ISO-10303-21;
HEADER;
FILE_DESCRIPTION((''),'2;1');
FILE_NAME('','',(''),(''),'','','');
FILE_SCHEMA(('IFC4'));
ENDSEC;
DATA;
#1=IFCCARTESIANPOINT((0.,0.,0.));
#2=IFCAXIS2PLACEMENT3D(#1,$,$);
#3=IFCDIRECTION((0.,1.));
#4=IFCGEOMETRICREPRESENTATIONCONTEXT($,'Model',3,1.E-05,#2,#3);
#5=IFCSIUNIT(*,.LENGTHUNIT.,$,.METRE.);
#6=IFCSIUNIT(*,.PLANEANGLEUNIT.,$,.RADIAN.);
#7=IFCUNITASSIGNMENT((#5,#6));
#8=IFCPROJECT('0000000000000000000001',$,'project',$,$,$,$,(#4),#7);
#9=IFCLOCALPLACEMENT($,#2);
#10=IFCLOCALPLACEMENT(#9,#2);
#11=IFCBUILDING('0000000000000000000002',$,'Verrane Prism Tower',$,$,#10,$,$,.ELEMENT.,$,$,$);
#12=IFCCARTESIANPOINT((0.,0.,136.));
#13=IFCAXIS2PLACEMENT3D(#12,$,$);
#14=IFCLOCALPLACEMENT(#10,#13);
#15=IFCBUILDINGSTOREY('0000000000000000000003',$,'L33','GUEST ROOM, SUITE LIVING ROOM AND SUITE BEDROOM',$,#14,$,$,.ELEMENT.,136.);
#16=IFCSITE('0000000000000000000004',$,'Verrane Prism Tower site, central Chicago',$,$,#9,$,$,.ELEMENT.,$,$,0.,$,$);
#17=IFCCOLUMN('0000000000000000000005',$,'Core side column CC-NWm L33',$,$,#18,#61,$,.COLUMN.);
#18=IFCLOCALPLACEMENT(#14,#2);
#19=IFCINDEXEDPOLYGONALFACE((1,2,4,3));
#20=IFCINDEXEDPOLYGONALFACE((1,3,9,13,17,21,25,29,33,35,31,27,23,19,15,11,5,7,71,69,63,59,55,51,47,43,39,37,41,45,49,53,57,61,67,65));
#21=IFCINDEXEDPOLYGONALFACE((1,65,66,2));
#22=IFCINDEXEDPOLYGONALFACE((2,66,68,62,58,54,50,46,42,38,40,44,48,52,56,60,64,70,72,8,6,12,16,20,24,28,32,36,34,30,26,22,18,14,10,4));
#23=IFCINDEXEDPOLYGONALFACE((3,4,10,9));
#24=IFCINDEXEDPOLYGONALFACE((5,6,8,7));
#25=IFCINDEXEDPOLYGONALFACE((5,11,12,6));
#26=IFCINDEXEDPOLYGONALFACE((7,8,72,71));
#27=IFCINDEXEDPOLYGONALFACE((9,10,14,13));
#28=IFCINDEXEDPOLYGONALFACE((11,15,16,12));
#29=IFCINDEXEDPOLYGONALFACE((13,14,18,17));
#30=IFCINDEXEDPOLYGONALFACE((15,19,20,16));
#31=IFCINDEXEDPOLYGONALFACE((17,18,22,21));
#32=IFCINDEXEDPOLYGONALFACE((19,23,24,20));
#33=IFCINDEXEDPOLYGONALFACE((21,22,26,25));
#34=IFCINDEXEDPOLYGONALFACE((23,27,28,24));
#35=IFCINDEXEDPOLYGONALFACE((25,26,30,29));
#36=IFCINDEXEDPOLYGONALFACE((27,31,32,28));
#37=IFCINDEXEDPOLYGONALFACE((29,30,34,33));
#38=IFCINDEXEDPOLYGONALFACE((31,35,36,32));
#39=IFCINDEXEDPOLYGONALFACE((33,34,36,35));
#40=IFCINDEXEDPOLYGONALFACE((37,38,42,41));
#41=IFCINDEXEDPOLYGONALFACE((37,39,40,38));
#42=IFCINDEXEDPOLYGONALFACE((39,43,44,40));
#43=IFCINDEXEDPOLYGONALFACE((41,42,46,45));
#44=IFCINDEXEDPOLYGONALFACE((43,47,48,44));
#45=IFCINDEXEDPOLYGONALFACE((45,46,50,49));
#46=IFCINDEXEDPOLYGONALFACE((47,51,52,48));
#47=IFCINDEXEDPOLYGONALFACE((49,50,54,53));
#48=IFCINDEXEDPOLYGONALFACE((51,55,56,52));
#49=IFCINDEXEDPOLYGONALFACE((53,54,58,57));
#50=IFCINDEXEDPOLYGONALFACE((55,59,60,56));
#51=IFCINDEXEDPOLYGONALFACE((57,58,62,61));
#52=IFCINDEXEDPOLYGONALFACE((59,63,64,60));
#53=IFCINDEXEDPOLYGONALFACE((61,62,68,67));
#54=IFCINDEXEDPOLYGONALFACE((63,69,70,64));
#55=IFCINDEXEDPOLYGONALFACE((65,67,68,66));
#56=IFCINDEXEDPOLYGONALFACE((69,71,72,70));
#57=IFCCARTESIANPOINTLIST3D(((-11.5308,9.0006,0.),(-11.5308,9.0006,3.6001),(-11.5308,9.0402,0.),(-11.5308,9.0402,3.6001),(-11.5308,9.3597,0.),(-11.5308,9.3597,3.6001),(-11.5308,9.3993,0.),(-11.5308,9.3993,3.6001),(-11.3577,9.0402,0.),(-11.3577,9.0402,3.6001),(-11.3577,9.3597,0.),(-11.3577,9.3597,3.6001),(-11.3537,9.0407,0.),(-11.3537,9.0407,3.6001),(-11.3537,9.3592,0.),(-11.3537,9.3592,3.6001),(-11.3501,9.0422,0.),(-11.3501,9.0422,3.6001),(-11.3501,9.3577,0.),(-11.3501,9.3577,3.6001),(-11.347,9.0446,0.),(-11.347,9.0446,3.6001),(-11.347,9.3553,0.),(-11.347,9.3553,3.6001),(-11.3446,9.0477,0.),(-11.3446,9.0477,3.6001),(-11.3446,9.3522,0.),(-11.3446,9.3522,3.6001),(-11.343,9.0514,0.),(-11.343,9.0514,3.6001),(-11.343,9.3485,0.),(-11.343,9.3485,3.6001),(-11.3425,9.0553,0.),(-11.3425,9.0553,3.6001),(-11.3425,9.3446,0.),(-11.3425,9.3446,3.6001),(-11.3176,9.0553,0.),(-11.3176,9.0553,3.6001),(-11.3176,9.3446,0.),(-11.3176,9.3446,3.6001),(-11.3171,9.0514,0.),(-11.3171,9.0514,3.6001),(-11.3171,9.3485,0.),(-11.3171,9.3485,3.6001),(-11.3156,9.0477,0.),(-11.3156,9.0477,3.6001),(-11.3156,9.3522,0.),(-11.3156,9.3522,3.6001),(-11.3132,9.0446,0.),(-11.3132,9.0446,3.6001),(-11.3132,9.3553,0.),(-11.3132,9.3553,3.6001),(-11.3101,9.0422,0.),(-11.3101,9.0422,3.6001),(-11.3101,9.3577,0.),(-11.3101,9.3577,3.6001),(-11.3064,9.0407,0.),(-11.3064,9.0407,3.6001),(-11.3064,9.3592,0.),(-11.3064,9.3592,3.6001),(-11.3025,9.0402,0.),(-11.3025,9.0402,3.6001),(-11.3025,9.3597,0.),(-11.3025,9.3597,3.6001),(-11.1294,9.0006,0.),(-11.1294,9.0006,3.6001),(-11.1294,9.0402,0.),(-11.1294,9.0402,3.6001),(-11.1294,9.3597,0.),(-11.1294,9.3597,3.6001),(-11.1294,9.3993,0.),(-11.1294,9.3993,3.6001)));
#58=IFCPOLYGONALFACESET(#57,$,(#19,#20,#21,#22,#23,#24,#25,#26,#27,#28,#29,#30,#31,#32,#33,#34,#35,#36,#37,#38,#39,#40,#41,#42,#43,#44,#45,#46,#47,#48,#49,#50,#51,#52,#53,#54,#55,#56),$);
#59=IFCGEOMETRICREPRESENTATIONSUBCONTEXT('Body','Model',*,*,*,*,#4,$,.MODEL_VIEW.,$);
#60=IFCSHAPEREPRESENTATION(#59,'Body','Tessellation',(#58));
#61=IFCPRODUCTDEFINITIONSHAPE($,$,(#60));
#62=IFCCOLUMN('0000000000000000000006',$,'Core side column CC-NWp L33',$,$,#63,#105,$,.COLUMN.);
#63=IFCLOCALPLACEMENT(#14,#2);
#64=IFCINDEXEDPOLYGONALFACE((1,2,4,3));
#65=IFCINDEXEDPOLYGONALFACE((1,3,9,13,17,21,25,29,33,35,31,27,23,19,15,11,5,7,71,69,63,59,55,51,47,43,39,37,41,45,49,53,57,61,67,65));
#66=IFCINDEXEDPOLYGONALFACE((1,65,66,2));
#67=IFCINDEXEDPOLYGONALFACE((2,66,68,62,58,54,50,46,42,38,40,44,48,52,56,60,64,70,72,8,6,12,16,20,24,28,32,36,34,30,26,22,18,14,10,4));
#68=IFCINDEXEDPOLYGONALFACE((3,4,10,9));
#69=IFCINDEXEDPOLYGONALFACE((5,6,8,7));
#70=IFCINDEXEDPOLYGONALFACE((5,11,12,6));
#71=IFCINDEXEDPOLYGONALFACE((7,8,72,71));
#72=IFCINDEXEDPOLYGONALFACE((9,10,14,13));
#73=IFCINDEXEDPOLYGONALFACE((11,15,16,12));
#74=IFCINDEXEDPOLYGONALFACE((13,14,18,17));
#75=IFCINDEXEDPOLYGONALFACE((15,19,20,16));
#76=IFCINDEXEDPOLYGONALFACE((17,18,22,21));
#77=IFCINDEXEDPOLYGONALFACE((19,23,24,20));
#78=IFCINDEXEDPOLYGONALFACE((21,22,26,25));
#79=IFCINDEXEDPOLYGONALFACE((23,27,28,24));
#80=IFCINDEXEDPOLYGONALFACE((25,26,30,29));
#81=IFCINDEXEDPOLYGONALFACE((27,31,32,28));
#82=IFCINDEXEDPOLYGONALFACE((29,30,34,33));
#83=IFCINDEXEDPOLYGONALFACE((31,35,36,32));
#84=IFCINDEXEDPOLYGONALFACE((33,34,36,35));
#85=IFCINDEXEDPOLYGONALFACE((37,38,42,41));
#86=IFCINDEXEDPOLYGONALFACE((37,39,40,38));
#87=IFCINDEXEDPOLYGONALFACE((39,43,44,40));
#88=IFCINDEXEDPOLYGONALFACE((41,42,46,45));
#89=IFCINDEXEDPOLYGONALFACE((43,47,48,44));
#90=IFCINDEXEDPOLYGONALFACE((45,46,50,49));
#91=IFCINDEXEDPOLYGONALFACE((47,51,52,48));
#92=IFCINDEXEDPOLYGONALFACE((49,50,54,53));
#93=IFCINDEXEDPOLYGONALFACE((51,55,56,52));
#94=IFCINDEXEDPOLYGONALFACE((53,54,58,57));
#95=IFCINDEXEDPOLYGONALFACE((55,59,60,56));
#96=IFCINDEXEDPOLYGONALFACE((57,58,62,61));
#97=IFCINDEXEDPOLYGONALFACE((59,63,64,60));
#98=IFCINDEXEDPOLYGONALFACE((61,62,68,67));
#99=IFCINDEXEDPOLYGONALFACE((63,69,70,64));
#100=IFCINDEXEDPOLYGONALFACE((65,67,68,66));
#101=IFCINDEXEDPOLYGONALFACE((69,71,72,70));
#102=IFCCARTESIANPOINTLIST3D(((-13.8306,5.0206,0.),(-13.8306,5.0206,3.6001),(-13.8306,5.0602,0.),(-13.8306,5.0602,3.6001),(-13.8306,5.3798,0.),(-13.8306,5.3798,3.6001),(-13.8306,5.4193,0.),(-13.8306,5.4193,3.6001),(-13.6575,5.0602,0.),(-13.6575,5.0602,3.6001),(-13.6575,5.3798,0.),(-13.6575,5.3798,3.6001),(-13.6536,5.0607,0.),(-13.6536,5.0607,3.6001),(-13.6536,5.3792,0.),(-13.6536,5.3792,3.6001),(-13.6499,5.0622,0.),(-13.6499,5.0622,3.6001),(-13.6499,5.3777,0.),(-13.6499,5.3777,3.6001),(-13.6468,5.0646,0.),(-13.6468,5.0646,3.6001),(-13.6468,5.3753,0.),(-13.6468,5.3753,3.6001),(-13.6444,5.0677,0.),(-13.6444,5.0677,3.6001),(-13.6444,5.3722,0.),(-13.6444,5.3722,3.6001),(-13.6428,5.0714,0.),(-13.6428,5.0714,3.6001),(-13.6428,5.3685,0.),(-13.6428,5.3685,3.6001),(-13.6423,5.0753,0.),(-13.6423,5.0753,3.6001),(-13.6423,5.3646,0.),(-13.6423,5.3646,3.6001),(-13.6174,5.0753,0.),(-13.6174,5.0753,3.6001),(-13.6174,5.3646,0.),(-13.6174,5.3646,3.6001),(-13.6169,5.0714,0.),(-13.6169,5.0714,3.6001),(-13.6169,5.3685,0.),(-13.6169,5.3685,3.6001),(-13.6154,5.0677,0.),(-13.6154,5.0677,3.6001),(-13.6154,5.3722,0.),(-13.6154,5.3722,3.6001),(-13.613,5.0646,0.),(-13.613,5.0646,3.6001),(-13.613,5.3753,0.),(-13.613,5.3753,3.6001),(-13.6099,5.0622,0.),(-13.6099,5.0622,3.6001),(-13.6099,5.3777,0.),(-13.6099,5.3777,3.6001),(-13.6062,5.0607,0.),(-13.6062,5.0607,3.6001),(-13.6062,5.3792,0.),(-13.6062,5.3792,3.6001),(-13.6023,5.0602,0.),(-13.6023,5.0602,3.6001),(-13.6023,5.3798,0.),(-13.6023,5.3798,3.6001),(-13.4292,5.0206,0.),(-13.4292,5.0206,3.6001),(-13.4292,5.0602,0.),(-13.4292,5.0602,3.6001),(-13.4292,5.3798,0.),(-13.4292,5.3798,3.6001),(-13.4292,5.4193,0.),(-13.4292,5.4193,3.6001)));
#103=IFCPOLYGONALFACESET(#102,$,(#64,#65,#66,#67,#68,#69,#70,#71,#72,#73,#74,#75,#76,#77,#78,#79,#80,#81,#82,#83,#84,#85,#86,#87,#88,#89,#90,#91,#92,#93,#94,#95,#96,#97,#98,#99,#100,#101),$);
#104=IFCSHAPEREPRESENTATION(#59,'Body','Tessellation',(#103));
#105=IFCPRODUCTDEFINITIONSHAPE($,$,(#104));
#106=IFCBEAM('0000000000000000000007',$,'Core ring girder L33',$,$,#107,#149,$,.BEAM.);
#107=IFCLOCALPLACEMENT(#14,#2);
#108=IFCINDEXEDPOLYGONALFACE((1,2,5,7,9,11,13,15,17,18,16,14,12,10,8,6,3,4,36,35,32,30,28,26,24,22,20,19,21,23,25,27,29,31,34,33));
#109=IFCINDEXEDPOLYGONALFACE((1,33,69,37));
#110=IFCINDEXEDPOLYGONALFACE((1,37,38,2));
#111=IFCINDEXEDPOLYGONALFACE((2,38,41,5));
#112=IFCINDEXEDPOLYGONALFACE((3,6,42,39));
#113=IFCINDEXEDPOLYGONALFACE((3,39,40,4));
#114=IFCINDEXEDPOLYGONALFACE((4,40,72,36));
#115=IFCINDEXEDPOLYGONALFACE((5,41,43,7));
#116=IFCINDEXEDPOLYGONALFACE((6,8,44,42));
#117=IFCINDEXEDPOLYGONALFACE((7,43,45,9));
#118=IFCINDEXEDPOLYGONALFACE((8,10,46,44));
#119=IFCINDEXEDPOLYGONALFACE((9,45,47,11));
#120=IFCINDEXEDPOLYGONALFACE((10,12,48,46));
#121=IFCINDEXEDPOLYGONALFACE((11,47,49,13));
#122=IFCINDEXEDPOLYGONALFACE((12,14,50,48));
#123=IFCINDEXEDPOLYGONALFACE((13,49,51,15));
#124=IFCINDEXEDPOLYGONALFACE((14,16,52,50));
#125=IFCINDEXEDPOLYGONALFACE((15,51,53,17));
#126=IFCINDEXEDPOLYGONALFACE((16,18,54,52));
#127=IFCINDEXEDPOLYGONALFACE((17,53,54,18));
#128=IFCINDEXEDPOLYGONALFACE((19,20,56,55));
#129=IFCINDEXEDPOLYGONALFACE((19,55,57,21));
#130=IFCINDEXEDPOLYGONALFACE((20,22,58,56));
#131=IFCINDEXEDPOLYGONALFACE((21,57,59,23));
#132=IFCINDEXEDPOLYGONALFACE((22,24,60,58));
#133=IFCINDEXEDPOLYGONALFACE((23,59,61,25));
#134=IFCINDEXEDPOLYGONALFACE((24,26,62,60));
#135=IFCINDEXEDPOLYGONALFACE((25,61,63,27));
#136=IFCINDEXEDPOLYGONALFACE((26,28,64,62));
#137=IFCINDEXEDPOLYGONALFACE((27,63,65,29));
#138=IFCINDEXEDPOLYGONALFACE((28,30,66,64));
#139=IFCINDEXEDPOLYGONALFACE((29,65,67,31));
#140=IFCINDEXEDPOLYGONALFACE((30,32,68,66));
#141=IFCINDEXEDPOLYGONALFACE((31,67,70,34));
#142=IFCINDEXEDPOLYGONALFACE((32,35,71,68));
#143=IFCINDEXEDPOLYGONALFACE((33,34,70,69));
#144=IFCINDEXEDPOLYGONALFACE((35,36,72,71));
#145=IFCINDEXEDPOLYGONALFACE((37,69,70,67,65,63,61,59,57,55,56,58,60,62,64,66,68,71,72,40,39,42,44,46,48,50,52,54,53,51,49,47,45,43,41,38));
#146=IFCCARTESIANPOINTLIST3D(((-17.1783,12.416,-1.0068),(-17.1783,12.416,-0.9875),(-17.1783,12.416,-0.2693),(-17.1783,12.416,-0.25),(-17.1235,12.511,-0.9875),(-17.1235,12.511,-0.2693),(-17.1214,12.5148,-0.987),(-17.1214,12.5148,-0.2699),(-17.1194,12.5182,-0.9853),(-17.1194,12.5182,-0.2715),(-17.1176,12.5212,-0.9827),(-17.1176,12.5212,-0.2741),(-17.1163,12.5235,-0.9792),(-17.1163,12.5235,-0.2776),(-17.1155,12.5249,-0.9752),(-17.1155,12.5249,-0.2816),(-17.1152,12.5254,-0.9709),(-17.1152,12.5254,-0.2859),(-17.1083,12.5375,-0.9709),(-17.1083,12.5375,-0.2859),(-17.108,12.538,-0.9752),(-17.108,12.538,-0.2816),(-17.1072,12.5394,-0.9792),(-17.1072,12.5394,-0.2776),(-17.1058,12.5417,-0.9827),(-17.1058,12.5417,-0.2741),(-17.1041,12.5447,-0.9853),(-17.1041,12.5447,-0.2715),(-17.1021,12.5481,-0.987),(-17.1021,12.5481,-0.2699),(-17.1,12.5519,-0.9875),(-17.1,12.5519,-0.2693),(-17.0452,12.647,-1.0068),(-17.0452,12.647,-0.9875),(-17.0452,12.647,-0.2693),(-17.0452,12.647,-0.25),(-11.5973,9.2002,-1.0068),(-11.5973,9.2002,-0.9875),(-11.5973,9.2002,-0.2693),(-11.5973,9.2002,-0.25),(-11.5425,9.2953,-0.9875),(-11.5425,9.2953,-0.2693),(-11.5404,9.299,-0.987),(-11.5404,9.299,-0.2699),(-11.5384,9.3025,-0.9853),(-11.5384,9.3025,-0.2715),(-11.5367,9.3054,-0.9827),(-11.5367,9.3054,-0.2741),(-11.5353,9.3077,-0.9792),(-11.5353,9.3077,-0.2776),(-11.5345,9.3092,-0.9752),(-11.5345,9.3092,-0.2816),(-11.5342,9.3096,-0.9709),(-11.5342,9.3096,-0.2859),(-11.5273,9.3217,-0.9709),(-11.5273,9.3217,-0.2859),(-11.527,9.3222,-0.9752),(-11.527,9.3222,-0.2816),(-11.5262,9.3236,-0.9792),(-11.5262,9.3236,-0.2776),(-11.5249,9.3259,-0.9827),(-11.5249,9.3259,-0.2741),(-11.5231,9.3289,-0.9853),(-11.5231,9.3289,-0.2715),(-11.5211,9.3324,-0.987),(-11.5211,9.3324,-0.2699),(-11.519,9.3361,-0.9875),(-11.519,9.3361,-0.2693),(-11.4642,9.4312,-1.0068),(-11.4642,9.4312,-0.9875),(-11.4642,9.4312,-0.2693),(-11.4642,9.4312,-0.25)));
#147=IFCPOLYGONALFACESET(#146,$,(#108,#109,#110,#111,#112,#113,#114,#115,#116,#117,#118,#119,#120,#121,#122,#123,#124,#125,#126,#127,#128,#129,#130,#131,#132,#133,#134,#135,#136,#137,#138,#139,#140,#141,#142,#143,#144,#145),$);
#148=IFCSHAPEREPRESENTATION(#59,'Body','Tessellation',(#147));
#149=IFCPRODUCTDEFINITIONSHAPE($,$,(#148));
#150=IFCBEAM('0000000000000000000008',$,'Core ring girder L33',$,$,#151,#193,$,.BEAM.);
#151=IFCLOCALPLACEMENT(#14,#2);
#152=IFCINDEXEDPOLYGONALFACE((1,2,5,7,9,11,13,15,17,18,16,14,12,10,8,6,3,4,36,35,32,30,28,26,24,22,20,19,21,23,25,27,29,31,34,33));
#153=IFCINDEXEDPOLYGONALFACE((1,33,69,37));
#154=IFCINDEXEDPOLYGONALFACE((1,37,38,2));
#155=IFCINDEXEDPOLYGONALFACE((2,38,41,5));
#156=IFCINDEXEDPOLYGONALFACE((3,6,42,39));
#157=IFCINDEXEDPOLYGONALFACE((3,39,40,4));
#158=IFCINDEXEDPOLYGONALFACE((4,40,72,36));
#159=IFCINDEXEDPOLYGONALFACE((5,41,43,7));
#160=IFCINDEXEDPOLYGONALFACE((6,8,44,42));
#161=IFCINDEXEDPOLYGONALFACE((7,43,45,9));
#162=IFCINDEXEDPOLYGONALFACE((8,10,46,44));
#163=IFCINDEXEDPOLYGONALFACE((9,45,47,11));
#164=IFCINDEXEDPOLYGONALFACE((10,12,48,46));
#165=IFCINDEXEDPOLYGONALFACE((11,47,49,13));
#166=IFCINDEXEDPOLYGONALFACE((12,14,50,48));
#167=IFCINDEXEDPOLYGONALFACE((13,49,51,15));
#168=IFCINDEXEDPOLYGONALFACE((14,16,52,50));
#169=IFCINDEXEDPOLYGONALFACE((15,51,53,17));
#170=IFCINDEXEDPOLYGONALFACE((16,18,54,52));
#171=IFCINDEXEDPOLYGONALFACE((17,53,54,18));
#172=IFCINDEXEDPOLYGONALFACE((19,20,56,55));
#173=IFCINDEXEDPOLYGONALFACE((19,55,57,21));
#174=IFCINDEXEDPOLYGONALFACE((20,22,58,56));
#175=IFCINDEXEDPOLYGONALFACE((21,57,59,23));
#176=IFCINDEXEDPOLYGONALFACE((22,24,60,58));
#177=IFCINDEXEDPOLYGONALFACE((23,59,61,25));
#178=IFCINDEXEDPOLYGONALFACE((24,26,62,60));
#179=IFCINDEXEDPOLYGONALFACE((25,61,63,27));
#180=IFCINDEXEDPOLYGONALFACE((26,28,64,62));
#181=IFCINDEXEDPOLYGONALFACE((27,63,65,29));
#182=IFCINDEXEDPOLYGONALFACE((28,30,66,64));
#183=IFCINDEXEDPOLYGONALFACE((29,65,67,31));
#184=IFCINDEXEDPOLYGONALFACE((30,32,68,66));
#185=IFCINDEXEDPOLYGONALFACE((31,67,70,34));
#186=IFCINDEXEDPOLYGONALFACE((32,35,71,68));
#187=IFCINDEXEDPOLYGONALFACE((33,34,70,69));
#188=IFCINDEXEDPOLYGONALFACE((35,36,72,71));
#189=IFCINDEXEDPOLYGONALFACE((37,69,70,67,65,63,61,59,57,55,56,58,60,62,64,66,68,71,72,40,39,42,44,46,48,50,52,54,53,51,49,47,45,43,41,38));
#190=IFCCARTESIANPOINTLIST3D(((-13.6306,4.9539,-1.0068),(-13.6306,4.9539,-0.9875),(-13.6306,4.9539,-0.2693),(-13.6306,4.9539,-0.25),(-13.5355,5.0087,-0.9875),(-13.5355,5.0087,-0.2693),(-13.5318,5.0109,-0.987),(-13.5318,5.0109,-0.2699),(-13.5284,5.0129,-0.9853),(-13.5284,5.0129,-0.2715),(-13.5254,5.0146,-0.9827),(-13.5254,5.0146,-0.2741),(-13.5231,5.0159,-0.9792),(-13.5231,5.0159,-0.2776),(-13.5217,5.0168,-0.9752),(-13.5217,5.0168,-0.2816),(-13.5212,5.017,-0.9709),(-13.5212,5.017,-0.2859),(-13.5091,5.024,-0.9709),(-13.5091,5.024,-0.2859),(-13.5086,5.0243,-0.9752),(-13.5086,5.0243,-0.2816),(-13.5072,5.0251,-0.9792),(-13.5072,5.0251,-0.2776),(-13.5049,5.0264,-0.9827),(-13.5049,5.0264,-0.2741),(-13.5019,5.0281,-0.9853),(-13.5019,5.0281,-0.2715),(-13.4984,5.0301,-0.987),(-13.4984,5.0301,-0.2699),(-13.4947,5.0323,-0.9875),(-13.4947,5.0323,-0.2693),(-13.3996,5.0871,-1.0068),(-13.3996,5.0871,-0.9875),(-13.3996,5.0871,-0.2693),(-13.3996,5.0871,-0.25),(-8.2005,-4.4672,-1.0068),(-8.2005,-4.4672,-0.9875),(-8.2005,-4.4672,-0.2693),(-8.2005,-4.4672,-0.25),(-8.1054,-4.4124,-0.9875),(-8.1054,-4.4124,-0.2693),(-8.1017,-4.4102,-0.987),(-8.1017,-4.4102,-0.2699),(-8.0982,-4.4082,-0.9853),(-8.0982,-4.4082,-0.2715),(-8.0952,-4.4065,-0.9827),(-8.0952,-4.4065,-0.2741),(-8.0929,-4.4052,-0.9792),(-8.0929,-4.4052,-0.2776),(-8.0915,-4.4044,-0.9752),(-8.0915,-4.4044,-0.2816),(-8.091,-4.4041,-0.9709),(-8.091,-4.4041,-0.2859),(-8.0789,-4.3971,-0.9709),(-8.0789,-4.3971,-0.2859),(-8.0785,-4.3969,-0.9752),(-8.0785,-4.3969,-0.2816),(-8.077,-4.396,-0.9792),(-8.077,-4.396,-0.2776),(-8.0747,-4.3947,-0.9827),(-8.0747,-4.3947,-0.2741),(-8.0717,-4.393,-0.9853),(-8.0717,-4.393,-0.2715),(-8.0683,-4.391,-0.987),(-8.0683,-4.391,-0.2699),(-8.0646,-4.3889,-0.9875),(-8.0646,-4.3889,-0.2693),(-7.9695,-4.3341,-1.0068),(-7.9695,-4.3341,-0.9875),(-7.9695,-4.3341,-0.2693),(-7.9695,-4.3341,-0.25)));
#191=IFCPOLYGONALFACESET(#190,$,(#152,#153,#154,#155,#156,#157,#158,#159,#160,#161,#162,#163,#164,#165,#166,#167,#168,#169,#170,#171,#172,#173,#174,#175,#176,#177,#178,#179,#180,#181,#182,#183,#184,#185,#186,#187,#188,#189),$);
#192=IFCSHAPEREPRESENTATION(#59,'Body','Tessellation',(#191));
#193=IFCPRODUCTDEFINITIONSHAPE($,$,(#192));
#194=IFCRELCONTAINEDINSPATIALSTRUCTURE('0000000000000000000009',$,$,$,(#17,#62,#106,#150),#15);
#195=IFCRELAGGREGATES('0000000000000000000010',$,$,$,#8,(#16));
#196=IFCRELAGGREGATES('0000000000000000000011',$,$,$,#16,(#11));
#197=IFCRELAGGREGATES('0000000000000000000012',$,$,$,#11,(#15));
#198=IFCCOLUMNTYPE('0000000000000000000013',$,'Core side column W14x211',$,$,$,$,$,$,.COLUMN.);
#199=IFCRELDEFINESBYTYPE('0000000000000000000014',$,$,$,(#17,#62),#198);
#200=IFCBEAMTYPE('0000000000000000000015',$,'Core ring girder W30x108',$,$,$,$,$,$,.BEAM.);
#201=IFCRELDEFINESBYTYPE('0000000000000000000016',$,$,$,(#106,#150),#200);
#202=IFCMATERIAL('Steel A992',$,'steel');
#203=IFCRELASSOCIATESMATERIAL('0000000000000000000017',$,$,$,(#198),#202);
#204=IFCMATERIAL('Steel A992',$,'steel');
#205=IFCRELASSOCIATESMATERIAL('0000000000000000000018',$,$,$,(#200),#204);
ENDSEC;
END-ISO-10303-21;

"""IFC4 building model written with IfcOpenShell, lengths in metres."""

from ifc_helpers import new_model, si_unit, direction, frame, origin, origin_2d, place, context, subcontext, project, spatial, i_section, extrude, material, material_profile, profile_set, type_object, element, save


model = new_model("IFC4")

# Units and contexts
model_context = context("Model", 3, precision=1e-05, world=origin(), true_north=direction((0.0, 1.0)))
body_context = subcontext(model_context, "Body", "Model", "MODEL_VIEW")
ifc_project = project(units=[si_unit("LENGTHUNIT", "METRE"), si_unit("PLANEANGLEUNIT", "RADIAN")], contexts=[model_context])

# Site, building, storey
site_placement = place(None, origin())
site = spatial("IfcSite", under=ifc_project, at=site_placement, Name="Verrane Prism Tower site, central Chicago", CompositionType="ELEMENT", RefElevation=0.0)
building_placement = place(site_placement, origin())
building = spatial("IfcBuilding", under=site, at=building_placement, Name="Verrane Prism Tower", CompositionType="ELEMENT")
storey_placement = place(building_placement, frame((0.0, 0.0, 136.0)))
storey = spatial("IfcBuildingStorey", under=building, at=storey_placement, Name="L33", Description="GUEST ROOM, SUITE LIVING ROOM AND SUITE BEDROOM", CompositionType="ELEMENT", Elevation=136.0)

# Columns
ifc_material_1 = material(Name="Steel A992", Category="steel")
ifc_material_profile_1 = material_profile(ifc_material_1, i_section(OverallWidth=0.4014, OverallDepth=0.3987, WebThickness=0.0249, FlangeThickness=0.0396, FilletRadius=0.0151, at=origin_2d()), Name="W14x211")
ifc_profile_set_1 = profile_set([ifc_material_profile_1], Name="Steel A992")
column_type = type_object("IfcColumnType", Name="Core side column W14x211", PredefinedType="COLUMN", material=ifc_profile_set_1)
for number, where, z_axis, x_axis, name in (
    (1, (-11.3301, 9.2, 0.0), (0.0, 0.0, 1.0), (1.0, 0.0, 0.0), "Core side column CC-NWm L33"),
    (2, (-13.6299, 5.22, 0.0), (0.0, 0.0, 1.0), (1.0, 0.0, 0.0), "Core side column CC-NWp L33"),
):
    element("IfcColumn", number, at=place(storey_placement, frame(where, z_axis=z_axis, x_axis=x_axis)), inside=storey, type_object=column_type, Name=name, PredefinedType="COLUMN", context=body_context, shape_type="SweptSolid", body=[
        extrude(i_section(OverallWidth=0.4014, OverallDepth=0.3987, WebThickness=0.0249, FlangeThickness=0.0396, FilletRadius=0.0151, at=origin_2d()), origin(), (0.0, 0.0, 1.0), 3.6001),
    ])

# Beams
ifc_material_2 = material(Name="Steel A992", Category="steel")
ifc_material_profile_2 = material_profile(ifc_material_2, i_section(OverallWidth=0.2666, OverallDepth=0.7568, WebThickness=0.0139, FlangeThickness=0.0193, FilletRadius=0.0166, at=origin_2d()), Name="W30x108")
ifc_profile_set_2 = profile_set([ifc_material_profile_2], Name="Steel A992")
beam_type = type_object("IfcBeamType", Name="Core ring girder W30x108", PredefinedType="BEAM", material=ifc_profile_set_2)
beam_1_placement = place(storey_placement, frame((-11.5308, 9.3157, -0.6284), z_axis=(-0.866456, 0.499254, 0.0), x_axis=(-0.499254, -0.866456, 0.0)))
element("IfcBeam", 3, at=beam_1_placement, inside=storey, type_object=beam_type, Name="Core ring girder L33", PredefinedType="BEAM", context=body_context, shape_type="SweptSolid", body=[
    extrude(i_section(OverallWidth=0.2666, OverallDepth=0.7568, WebThickness=0.0139, FlangeThickness=0.0193, FilletRadius=0.0166, at=origin_2d()), origin(), (0.0, 0.0, 1.0), 6.4412),
])
beam_2_placement = place(storey_placement, frame((-13.5151, 5.0205, -0.6284), z_axis=(0.499371, -0.866388, 0.0), x_axis=(0.866388, 0.499371, 0.0)))
element("IfcBeam", 4, at=beam_2_placement, inside=storey, type_object=beam_type, Name="Core ring girder L33", PredefinedType="BEAM", context=body_context, shape_type="SweptSolid", body=[
    extrude(i_section(OverallWidth=0.2666, OverallDepth=0.7568, WebThickness=0.0139, FlangeThickness=0.0193, FilletRadius=0.0166, at=origin_2d()), origin(), (0.0, 0.0, 1.0), 10.874),
])

save(model, "model.ifc")
